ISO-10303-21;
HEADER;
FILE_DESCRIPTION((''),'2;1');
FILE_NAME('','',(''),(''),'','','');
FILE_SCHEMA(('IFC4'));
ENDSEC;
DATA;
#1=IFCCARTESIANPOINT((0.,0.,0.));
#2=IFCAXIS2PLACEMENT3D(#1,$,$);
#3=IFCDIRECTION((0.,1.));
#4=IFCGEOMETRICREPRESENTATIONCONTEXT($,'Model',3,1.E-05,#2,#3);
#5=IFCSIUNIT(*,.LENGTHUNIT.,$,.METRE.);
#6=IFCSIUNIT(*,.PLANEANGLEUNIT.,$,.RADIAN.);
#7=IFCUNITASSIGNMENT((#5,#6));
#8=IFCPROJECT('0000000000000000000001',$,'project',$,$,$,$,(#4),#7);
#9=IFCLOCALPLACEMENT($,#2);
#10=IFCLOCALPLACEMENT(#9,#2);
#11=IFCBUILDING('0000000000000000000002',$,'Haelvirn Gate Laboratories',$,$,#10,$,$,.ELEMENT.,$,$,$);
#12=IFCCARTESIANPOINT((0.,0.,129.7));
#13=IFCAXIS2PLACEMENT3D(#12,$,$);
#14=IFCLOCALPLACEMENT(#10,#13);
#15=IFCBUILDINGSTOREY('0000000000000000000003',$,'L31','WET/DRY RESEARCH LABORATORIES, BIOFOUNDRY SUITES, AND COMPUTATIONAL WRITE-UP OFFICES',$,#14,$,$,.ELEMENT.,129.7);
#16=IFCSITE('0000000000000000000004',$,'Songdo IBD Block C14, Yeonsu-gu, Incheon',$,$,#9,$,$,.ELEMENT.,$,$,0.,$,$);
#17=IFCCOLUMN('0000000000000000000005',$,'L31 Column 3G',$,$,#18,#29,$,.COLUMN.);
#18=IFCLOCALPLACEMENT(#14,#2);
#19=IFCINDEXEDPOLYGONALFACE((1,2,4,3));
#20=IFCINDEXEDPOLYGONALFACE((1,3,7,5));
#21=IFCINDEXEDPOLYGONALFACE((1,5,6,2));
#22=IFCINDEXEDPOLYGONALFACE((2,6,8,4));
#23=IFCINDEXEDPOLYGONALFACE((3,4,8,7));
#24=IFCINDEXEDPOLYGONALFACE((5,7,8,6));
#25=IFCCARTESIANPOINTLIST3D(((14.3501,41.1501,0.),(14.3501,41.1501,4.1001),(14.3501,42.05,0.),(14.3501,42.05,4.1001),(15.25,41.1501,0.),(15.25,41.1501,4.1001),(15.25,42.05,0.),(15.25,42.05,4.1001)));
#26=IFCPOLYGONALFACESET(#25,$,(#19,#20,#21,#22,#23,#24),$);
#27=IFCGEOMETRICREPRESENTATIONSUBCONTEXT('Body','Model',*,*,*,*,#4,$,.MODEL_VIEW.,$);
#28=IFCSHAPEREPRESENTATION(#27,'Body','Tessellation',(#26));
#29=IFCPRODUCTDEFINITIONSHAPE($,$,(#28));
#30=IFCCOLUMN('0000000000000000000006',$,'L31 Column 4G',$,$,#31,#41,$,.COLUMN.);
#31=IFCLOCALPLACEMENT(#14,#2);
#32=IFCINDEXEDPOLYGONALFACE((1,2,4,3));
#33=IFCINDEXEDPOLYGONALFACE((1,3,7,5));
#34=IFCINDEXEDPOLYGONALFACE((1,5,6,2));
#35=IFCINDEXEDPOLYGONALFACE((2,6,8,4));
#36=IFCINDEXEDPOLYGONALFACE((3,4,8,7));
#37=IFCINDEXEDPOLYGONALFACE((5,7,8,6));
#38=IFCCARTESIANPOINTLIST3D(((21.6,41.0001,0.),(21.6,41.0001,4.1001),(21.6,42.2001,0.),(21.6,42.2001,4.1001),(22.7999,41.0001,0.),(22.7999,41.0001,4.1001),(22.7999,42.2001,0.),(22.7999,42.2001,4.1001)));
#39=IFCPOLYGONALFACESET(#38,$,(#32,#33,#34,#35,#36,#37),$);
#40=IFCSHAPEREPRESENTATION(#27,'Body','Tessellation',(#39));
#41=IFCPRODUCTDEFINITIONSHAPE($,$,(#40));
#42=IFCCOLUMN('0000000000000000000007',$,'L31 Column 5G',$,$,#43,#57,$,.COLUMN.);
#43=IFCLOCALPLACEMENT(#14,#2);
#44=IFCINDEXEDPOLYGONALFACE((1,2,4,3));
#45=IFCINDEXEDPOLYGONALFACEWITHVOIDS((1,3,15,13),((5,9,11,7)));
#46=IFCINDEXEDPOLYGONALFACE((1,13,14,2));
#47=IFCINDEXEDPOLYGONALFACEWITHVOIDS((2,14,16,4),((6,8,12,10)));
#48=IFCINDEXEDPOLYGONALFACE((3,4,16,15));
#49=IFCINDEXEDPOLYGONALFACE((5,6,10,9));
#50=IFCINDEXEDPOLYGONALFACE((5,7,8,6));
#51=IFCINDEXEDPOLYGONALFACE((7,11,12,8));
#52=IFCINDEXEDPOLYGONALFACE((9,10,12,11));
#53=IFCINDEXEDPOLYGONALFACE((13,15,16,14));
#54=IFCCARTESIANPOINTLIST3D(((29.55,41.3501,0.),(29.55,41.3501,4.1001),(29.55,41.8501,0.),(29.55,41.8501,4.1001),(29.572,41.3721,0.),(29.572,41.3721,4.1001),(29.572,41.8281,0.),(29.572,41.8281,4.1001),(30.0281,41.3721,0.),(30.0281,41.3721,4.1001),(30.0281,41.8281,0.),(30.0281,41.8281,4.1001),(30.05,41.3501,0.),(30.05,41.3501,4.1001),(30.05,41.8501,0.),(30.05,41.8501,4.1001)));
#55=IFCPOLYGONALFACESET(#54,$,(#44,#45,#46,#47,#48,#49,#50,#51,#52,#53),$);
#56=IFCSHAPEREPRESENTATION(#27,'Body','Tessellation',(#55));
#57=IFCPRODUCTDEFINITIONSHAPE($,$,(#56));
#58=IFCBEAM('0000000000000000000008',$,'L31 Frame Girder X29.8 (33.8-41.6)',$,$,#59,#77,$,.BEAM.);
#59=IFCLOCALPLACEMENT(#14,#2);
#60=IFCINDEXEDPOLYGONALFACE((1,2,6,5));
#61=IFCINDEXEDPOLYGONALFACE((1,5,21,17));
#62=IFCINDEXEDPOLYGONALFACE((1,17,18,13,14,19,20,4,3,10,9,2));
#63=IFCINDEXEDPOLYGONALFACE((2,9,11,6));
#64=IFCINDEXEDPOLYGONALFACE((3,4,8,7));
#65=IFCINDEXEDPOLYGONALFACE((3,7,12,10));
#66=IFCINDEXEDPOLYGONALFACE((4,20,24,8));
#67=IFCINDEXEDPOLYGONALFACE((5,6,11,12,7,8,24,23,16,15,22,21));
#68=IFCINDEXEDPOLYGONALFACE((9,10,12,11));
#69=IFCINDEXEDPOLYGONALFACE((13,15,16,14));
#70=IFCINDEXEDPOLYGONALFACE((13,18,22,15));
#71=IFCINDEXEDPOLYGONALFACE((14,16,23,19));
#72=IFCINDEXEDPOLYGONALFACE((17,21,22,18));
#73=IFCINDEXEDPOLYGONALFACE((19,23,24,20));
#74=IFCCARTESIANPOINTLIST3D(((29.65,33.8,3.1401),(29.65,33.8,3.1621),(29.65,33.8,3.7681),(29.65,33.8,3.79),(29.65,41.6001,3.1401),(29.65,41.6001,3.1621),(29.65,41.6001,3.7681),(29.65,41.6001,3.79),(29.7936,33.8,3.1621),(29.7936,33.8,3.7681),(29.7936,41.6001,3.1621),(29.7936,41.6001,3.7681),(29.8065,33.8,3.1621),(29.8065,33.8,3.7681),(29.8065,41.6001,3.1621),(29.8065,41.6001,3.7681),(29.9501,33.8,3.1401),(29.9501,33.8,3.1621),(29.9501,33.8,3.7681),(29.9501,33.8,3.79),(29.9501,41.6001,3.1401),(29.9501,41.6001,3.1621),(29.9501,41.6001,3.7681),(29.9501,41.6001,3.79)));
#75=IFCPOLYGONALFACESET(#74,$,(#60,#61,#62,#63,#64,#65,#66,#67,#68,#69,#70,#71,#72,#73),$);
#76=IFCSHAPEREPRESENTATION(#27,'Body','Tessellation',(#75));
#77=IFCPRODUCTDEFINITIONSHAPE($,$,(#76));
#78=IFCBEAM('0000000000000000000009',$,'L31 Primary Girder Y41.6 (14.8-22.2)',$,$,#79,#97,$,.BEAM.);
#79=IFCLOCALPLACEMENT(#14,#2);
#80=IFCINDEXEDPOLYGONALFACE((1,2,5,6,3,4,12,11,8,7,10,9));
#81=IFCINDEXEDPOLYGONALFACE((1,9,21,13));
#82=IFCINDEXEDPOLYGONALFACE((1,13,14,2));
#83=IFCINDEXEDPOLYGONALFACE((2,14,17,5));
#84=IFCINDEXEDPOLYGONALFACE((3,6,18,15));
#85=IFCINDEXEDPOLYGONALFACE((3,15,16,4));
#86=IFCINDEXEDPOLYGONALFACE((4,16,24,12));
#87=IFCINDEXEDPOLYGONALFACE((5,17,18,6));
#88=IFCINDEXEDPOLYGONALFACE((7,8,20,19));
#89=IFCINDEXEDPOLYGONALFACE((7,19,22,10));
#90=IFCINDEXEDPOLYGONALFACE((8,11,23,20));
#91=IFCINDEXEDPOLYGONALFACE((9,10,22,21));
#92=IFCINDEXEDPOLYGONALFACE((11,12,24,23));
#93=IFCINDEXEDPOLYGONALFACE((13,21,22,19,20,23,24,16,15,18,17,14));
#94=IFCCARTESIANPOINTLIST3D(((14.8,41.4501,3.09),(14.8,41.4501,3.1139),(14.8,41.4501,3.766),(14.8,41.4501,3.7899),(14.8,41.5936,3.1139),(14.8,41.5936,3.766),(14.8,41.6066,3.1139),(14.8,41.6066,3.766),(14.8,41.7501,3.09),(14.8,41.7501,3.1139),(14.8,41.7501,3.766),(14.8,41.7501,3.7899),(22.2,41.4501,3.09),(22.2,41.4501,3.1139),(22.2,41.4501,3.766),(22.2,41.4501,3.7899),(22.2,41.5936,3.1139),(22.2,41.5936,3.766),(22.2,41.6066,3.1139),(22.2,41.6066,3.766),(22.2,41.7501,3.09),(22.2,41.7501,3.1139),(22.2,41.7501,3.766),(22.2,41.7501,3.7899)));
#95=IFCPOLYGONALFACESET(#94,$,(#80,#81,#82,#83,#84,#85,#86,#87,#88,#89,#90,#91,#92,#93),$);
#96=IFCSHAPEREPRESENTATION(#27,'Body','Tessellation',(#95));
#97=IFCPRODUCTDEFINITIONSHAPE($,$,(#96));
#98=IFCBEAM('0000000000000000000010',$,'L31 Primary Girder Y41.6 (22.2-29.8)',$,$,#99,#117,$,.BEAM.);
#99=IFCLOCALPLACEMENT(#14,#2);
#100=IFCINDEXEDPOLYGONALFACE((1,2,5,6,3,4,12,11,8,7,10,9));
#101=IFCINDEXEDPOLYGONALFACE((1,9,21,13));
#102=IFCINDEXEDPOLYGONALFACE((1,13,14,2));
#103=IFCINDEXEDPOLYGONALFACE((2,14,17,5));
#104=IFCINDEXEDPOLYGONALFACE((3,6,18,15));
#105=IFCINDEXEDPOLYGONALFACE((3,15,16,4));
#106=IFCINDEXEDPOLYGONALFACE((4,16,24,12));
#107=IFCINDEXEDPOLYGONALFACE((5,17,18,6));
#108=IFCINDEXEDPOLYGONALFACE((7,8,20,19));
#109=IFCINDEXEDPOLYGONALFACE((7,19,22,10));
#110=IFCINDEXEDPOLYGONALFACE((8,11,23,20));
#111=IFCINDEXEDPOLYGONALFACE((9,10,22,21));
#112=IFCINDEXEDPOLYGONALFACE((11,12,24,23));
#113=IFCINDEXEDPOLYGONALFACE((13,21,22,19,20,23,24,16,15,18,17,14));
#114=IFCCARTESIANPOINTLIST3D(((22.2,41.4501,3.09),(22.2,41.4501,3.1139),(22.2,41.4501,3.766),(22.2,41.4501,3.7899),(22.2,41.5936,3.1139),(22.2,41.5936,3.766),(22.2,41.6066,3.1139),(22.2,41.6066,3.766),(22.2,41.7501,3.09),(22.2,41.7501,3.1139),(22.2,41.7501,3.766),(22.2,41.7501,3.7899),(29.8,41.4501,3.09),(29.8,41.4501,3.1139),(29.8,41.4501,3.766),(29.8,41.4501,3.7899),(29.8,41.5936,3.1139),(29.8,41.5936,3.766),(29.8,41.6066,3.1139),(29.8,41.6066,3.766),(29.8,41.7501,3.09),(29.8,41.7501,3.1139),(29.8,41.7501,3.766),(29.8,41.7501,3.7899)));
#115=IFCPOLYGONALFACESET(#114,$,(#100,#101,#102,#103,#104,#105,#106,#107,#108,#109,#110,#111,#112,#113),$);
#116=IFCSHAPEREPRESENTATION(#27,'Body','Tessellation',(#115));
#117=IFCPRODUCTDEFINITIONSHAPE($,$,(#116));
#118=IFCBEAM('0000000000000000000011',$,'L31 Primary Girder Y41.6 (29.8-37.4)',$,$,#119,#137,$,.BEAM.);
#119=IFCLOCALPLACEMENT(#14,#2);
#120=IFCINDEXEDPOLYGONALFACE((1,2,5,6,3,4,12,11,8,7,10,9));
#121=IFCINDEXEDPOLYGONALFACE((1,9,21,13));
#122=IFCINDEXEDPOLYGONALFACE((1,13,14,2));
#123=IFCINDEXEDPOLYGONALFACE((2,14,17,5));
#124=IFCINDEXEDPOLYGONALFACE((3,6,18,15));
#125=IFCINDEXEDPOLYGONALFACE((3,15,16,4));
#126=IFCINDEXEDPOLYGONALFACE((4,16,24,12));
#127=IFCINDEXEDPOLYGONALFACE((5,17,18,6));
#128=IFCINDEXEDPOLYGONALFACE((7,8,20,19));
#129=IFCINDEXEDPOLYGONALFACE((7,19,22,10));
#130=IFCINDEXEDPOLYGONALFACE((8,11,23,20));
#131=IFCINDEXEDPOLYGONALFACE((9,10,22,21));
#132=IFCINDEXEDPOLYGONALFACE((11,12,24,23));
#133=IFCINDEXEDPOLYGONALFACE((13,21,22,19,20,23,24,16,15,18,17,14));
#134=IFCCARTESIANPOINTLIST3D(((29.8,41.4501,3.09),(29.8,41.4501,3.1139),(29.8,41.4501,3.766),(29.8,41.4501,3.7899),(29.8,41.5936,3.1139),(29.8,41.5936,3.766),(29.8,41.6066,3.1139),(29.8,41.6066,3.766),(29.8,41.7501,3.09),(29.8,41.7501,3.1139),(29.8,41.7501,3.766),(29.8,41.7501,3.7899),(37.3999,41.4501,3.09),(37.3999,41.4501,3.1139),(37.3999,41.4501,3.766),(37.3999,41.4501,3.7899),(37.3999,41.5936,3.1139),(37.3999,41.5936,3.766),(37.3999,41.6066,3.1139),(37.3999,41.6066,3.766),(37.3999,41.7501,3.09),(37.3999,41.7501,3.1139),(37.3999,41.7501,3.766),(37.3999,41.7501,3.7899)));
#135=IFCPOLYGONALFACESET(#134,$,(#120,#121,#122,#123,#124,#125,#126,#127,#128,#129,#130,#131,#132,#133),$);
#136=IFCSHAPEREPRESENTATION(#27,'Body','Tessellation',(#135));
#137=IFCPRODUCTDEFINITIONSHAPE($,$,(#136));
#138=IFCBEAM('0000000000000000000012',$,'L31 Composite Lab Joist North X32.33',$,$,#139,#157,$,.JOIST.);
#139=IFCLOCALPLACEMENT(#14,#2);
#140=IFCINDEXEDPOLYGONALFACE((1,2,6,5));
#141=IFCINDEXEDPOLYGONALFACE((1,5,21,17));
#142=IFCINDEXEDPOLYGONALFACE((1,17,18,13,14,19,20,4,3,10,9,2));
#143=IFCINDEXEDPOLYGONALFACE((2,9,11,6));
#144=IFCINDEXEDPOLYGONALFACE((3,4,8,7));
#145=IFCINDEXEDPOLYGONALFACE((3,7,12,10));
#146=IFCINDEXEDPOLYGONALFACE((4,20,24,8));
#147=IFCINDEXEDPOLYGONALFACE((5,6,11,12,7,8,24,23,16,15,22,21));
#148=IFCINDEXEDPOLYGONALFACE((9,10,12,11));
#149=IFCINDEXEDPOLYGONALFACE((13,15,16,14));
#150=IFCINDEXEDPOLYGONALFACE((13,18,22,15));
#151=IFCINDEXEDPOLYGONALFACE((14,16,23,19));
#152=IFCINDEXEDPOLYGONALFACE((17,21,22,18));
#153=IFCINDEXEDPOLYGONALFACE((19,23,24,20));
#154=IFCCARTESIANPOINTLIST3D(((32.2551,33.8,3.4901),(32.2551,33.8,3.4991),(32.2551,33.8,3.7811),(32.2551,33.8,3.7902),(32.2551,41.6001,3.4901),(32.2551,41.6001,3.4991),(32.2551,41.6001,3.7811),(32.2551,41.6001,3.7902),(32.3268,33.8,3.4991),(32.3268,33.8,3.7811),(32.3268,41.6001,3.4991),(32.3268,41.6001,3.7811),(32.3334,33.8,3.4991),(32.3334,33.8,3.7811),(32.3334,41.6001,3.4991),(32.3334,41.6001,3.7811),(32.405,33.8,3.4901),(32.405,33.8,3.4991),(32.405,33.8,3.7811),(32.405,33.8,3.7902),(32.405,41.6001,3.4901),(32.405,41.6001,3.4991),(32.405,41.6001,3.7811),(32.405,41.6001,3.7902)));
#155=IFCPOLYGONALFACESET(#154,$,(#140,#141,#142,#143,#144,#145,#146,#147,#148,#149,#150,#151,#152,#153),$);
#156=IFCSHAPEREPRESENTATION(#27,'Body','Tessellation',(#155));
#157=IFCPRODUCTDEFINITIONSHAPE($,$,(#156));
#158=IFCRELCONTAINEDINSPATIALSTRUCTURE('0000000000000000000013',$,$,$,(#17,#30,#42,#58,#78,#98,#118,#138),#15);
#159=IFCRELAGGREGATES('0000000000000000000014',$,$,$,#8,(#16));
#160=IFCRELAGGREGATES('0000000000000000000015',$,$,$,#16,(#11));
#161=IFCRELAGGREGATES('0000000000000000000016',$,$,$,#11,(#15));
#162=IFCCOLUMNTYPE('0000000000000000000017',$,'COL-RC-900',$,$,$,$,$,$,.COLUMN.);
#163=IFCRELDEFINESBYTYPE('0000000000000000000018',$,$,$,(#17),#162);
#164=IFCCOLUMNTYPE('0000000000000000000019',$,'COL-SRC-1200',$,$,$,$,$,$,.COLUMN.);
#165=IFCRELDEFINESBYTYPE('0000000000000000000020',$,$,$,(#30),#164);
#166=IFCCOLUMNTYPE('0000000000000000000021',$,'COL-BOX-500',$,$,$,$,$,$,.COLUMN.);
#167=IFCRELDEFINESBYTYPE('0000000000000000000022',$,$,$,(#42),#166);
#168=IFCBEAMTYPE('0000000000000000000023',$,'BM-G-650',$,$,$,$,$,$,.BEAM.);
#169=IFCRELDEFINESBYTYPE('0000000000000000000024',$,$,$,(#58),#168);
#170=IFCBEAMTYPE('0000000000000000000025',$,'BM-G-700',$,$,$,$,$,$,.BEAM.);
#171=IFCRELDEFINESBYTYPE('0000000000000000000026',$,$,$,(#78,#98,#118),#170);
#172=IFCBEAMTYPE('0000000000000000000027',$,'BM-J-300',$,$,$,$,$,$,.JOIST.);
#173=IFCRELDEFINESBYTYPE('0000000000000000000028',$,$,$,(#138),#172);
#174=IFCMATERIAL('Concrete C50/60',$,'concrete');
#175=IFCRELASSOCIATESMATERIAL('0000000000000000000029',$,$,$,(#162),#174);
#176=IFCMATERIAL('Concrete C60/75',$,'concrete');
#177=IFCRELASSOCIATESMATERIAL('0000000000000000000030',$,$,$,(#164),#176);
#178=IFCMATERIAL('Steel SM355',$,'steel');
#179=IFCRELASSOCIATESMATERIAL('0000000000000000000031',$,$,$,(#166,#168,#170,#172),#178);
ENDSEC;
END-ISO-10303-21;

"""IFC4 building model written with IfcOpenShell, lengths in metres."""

from ifc_helpers import new_model, si_unit, direction, frame, origin, origin_2d, place, context, subcontext, project, spatial, rectangle, hollow_rectangle, i_section, extrude, source, transform, mapped, material, material_profile, profile_set, type_object, type_shapes, element, save


model = new_model("IFC4")

# Units and contexts
model_context = context("Model", 3, precision=1e-05, world=origin(), true_north=direction((0.0, 1.0)))
body_context = subcontext(model_context, "Body", "Model", "MODEL_VIEW")
ifc_project = project(units=[si_unit("LENGTHUNIT", "METRE"), si_unit("PLANEANGLEUNIT", "RADIAN")], contexts=[model_context])

# Site, building, storey
site_placement = place(None, origin())
site = spatial("IfcSite", under=ifc_project, at=site_placement, Name="Songdo IBD Block C14, Yeonsu-gu, Incheon", CompositionType="ELEMENT", RefElevation=0.0)
building_placement = place(site_placement, origin())
building = spatial("IfcBuilding", under=site, at=building_placement, Name="Haelvirn Gate Laboratories", CompositionType="ELEMENT")
storey_placement = place(building_placement, frame((0.0, 0.0, 129.7)))
storey = spatial("IfcBuildingStorey", under=building, at=storey_placement, Name="L31", Description="WET/DRY RESEARCH LABORATORIES, BIOFOUNDRY SUITES, AND COMPUTATIONAL WRITE-UP OFFICES", CompositionType="ELEMENT", Elevation=129.7)

# Columns
ifc_material_1 = material(Name="Concrete C50/60", Category="concrete")
ifc_material_profile_1 = material_profile(ifc_material_1, rectangle(XDim=0.8999, YDim=0.8999, at=origin_2d()), Name="RC-900x900")
ifc_profile_set_1 = profile_set([ifc_material_profile_1], Name="Concrete C50/60")
column_type_1 = type_object("IfcColumnType", Name="COL-RC-900", PredefinedType="COLUMN", material=ifc_profile_set_1)
shared_shape_1 = source(origin(), body_context, "Body", "SweptSolid", [
    extrude(rectangle(XDim=0.8999, YDim=0.8999, at=origin_2d()), origin(), (0.0, 0.0, 1.0), 4.1001),
])
type_shapes(column_type_1, [shared_shape_1])
column_1_placement = place(storey_placement, frame((14.8, 41.6001, 0.0), z_axis=(0.0, 0.0, 1.0), x_axis=(1.0, 0.0, 0.0)))
element("IfcColumn", 1, at=column_1_placement, inside=storey, type_object=column_type_1, Name="L31 Column 3G", PredefinedType="COLUMN", context=body_context, shape_type="MappedRepresentation", body=[
    mapped(shared_shape_1, transform((0.0, 0.0, 0.0), scale=1.0)),
])
ifc_material_2 = material(Name="Concrete C60/75", Category="concrete")
ifc_material_profile_2 = material_profile(ifc_material_2, rectangle(XDim=1.2, YDim=1.2, at=origin_2d()), Name="SRC-1200x1200")
ifc_profile_set_2 = profile_set([ifc_material_profile_2], Name="Concrete C60/75")
column_type_2 = type_object("IfcColumnType", Name="COL-SRC-1200", PredefinedType="COLUMN", material=ifc_profile_set_2)
shared_shape_2 = source(origin(), body_context, "Body", "SweptSolid", [
    extrude(rectangle(XDim=1.2, YDim=1.2, at=origin_2d()), origin(), (0.0, 0.0, 1.0), 4.1001),
])
type_shapes(column_type_2, [shared_shape_2])
column_2_placement = place(storey_placement, frame((22.2, 41.6001, 0.0), z_axis=(0.0, 0.0, 1.0), x_axis=(1.0, 0.0, 0.0)))
element("IfcColumn", 2, at=column_2_placement, inside=storey, type_object=column_type_2, Name="L31 Column 4G", PredefinedType="COLUMN", context=body_context, shape_type="MappedRepresentation", body=[
    mapped(shared_shape_2, transform((0.0, 0.0, 0.0), scale=1.0)),
])
ifc_material_3 = material(Name="Steel SM355", Category="steel")
ifc_material_profile_3 = material_profile(ifc_material_3, hollow_rectangle(XDim=0.5, YDim=0.5, WallThickness=0.022, at=origin_2d()), Name="BOX-500x500x22")
ifc_profile_set_3 = profile_set([ifc_material_profile_3], Name="Steel SM355")
column_type_3 = type_object("IfcColumnType", Name="COL-BOX-500", PredefinedType="COLUMN", material=ifc_profile_set_3)
shared_shape_3 = source(origin(), body_context, "Body", "SweptSolid", [
    extrude(hollow_rectangle(XDim=0.5, YDim=0.5, WallThickness=0.022, at=origin_2d()), origin(), (0.0, 0.0, 1.0), 4.1001),
])
type_shapes(column_type_3, [shared_shape_3])
column_3_placement = place(storey_placement, frame((29.8, 41.6001, 0.0), z_axis=(0.0, 0.0, 1.0), x_axis=(1.0, 0.0, 0.0)))
element("IfcColumn", 3, at=column_3_placement, inside=storey, type_object=column_type_3, Name="L31 Column 5G", PredefinedType="COLUMN", context=body_context, shape_type="MappedRepresentation", body=[
    mapped(shared_shape_3, transform((0.0, 0.0, 0.0), scale=1.0)),
])

# Beams
ifc_material_profile_4 = material_profile(ifc_material_3, i_section(OverallWidth=0.3, OverallDepth=0.6499, WebThickness=0.0129, FlangeThickness=0.022, at=origin_2d()), Name="H-650x300x13x22")
ifc_profile_set_4 = profile_set([ifc_material_profile_4], Name="Steel SM355")
beam_type_1 = type_object("IfcBeamType", Name="BM-G-650", PredefinedType="BEAM", material=ifc_profile_set_4)
shared_shape_4 = source(origin(), body_context, "Body", "SweptSolid", [
    extrude(i_section(OverallWidth=0.3, OverallDepth=0.6499, WebThickness=0.0129, FlangeThickness=0.022, at=origin_2d()), origin(), (0.0, 0.0, 1.0), 7.8),
])
type_shapes(beam_type_1, [shared_shape_4])
beam_1_placement = place(storey_placement, frame((29.8, 33.8, 3.4651), z_axis=(0.0, 1.0, 0.0), x_axis=(-1.0, 0.0, 0.0)))
element("IfcBeam", 4, at=beam_1_placement, inside=storey, type_object=beam_type_1, Name="L31 Frame Girder X29.8 (33.8-41.6)", PredefinedType="BEAM", context=body_context, shape_type="MappedRepresentation", body=[
    mapped(shared_shape_4, transform((0.0, 0.0, 0.0), scale=1.0)),
])
ifc_material_profile_5 = material_profile(ifc_material_3, i_section(OverallWidth=0.3, OverallDepth=0.7, WebThickness=0.0129, FlangeThickness=0.0239, at=origin_2d()), Name="H-700x300x13x24")
ifc_profile_set_5 = profile_set([ifc_material_profile_5], Name="Steel SM355")
beam_type_2 = type_object("IfcBeamType", Name="BM-G-700", PredefinedType="BEAM", material=ifc_profile_set_5)
shared_shape_5 = source(origin(), body_context, "Body", "SweptSolid", [
    extrude(i_section(OverallWidth=0.3, OverallDepth=0.7, WebThickness=0.0129, FlangeThickness=0.0239, at=origin_2d()), origin(), (0.0, 0.0, 1.0), 7.3999),
])
beam_2_placement = place(storey_placement, frame((14.8, 41.6001, 3.4399), z_axis=(1.0, 0.0, 0.0), x_axis=(0.0, 1.0, 0.0)))
element("IfcBeam", 5, at=beam_2_placement, inside=storey, type_object=beam_type_2, Name="L31 Primary Girder Y41.6 (14.8-22.2)", PredefinedType="BEAM", context=body_context, shape_type="MappedRepresentation", body=[
    mapped(shared_shape_5, transform((0.0, 0.0, 0.0), scale=1.0)),
])
shared_shape_6 = source(origin(), body_context, "Body", "SweptSolid", [
    extrude(i_section(OverallWidth=0.3, OverallDepth=0.7, WebThickness=0.0129, FlangeThickness=0.0239, at=origin_2d()), origin(), (0.0, 0.0, 1.0), 7.6001),
])
beam_3_placement = place(storey_placement, frame((22.2, 41.6001, 3.4399), z_axis=(1.0, 0.0, 0.0), x_axis=(0.0, 1.0, 0.0)))
element("IfcBeam", 6, at=beam_3_placement, inside=storey, type_object=beam_type_2, Name="L31 Primary Girder Y41.6 (22.2-29.8)", PredefinedType="BEAM", context=body_context, shape_type="MappedRepresentation", body=[
    mapped(shared_shape_6, transform((0.0, 0.0, 0.0), scale=1.0)),
])
shared_shape_7 = source(origin(), body_context, "Body", "SweptSolid", [
    extrude(i_section(OverallWidth=0.3, OverallDepth=0.7, WebThickness=0.0129, FlangeThickness=0.0239, at=origin_2d()), origin(), (0.0, 0.0, 1.0), 7.5999),
])
type_shapes(beam_type_2, [shared_shape_5, shared_shape_6, shared_shape_7])
beam_4_placement = place(storey_placement, frame((29.8, 41.6001, 3.4399), z_axis=(1.0, 0.0, 0.0), x_axis=(0.0, 1.0, 0.0)))
element("IfcBeam", 7, at=beam_4_placement, inside=storey, type_object=beam_type_2, Name="L31 Primary Girder Y41.6 (29.8-37.4)", PredefinedType="BEAM", context=body_context, shape_type="MappedRepresentation", body=[
    mapped(shared_shape_7, transform((0.0, 0.0, 0.0), scale=1.0)),
])
ifc_material_profile_6 = material_profile(ifc_material_3, i_section(OverallWidth=0.1499, OverallDepth=0.3, WebThickness=0.0066, FlangeThickness=0.009, at=origin_2d()), Name="H-300x150x6.5x9")
ifc_profile_set_6 = profile_set([ifc_material_profile_6], Name="Steel SM355")
beam_type_3 = type_object("IfcBeamType", Name="BM-J-300", PredefinedType="JOIST", material=ifc_profile_set_6)
shared_shape_8 = source(origin(), body_context, "Body", "SweptSolid", [
    extrude(i_section(OverallWidth=0.1499, OverallDepth=0.3, WebThickness=0.0066, FlangeThickness=0.009, at=origin_2d()), origin(), (0.0, 0.0, 1.0), 7.8),
])
type_shapes(beam_type_3, [shared_shape_8])
for number, where, z_axis, x_axis, name in (
    (8, (32.3301, 33.8, 3.6401), (0.0, 1.0, 0.0), (-1.0, 0.0, 0.0), "L31 Composite Lab Joist North X32.33"),
):
    element("IfcBeam", number, at=place(storey_placement, frame(where, z_axis=z_axis, x_axis=x_axis)), inside=storey, type_object=beam_type_3, Name=name, PredefinedType="JOIST", context=body_context, shape_type="MappedRepresentation", body=[
        mapped(shared_shape_8, transform((0.0, 0.0, 0.0), scale=1.0)),
    ])

save(model, "model.ifc")
